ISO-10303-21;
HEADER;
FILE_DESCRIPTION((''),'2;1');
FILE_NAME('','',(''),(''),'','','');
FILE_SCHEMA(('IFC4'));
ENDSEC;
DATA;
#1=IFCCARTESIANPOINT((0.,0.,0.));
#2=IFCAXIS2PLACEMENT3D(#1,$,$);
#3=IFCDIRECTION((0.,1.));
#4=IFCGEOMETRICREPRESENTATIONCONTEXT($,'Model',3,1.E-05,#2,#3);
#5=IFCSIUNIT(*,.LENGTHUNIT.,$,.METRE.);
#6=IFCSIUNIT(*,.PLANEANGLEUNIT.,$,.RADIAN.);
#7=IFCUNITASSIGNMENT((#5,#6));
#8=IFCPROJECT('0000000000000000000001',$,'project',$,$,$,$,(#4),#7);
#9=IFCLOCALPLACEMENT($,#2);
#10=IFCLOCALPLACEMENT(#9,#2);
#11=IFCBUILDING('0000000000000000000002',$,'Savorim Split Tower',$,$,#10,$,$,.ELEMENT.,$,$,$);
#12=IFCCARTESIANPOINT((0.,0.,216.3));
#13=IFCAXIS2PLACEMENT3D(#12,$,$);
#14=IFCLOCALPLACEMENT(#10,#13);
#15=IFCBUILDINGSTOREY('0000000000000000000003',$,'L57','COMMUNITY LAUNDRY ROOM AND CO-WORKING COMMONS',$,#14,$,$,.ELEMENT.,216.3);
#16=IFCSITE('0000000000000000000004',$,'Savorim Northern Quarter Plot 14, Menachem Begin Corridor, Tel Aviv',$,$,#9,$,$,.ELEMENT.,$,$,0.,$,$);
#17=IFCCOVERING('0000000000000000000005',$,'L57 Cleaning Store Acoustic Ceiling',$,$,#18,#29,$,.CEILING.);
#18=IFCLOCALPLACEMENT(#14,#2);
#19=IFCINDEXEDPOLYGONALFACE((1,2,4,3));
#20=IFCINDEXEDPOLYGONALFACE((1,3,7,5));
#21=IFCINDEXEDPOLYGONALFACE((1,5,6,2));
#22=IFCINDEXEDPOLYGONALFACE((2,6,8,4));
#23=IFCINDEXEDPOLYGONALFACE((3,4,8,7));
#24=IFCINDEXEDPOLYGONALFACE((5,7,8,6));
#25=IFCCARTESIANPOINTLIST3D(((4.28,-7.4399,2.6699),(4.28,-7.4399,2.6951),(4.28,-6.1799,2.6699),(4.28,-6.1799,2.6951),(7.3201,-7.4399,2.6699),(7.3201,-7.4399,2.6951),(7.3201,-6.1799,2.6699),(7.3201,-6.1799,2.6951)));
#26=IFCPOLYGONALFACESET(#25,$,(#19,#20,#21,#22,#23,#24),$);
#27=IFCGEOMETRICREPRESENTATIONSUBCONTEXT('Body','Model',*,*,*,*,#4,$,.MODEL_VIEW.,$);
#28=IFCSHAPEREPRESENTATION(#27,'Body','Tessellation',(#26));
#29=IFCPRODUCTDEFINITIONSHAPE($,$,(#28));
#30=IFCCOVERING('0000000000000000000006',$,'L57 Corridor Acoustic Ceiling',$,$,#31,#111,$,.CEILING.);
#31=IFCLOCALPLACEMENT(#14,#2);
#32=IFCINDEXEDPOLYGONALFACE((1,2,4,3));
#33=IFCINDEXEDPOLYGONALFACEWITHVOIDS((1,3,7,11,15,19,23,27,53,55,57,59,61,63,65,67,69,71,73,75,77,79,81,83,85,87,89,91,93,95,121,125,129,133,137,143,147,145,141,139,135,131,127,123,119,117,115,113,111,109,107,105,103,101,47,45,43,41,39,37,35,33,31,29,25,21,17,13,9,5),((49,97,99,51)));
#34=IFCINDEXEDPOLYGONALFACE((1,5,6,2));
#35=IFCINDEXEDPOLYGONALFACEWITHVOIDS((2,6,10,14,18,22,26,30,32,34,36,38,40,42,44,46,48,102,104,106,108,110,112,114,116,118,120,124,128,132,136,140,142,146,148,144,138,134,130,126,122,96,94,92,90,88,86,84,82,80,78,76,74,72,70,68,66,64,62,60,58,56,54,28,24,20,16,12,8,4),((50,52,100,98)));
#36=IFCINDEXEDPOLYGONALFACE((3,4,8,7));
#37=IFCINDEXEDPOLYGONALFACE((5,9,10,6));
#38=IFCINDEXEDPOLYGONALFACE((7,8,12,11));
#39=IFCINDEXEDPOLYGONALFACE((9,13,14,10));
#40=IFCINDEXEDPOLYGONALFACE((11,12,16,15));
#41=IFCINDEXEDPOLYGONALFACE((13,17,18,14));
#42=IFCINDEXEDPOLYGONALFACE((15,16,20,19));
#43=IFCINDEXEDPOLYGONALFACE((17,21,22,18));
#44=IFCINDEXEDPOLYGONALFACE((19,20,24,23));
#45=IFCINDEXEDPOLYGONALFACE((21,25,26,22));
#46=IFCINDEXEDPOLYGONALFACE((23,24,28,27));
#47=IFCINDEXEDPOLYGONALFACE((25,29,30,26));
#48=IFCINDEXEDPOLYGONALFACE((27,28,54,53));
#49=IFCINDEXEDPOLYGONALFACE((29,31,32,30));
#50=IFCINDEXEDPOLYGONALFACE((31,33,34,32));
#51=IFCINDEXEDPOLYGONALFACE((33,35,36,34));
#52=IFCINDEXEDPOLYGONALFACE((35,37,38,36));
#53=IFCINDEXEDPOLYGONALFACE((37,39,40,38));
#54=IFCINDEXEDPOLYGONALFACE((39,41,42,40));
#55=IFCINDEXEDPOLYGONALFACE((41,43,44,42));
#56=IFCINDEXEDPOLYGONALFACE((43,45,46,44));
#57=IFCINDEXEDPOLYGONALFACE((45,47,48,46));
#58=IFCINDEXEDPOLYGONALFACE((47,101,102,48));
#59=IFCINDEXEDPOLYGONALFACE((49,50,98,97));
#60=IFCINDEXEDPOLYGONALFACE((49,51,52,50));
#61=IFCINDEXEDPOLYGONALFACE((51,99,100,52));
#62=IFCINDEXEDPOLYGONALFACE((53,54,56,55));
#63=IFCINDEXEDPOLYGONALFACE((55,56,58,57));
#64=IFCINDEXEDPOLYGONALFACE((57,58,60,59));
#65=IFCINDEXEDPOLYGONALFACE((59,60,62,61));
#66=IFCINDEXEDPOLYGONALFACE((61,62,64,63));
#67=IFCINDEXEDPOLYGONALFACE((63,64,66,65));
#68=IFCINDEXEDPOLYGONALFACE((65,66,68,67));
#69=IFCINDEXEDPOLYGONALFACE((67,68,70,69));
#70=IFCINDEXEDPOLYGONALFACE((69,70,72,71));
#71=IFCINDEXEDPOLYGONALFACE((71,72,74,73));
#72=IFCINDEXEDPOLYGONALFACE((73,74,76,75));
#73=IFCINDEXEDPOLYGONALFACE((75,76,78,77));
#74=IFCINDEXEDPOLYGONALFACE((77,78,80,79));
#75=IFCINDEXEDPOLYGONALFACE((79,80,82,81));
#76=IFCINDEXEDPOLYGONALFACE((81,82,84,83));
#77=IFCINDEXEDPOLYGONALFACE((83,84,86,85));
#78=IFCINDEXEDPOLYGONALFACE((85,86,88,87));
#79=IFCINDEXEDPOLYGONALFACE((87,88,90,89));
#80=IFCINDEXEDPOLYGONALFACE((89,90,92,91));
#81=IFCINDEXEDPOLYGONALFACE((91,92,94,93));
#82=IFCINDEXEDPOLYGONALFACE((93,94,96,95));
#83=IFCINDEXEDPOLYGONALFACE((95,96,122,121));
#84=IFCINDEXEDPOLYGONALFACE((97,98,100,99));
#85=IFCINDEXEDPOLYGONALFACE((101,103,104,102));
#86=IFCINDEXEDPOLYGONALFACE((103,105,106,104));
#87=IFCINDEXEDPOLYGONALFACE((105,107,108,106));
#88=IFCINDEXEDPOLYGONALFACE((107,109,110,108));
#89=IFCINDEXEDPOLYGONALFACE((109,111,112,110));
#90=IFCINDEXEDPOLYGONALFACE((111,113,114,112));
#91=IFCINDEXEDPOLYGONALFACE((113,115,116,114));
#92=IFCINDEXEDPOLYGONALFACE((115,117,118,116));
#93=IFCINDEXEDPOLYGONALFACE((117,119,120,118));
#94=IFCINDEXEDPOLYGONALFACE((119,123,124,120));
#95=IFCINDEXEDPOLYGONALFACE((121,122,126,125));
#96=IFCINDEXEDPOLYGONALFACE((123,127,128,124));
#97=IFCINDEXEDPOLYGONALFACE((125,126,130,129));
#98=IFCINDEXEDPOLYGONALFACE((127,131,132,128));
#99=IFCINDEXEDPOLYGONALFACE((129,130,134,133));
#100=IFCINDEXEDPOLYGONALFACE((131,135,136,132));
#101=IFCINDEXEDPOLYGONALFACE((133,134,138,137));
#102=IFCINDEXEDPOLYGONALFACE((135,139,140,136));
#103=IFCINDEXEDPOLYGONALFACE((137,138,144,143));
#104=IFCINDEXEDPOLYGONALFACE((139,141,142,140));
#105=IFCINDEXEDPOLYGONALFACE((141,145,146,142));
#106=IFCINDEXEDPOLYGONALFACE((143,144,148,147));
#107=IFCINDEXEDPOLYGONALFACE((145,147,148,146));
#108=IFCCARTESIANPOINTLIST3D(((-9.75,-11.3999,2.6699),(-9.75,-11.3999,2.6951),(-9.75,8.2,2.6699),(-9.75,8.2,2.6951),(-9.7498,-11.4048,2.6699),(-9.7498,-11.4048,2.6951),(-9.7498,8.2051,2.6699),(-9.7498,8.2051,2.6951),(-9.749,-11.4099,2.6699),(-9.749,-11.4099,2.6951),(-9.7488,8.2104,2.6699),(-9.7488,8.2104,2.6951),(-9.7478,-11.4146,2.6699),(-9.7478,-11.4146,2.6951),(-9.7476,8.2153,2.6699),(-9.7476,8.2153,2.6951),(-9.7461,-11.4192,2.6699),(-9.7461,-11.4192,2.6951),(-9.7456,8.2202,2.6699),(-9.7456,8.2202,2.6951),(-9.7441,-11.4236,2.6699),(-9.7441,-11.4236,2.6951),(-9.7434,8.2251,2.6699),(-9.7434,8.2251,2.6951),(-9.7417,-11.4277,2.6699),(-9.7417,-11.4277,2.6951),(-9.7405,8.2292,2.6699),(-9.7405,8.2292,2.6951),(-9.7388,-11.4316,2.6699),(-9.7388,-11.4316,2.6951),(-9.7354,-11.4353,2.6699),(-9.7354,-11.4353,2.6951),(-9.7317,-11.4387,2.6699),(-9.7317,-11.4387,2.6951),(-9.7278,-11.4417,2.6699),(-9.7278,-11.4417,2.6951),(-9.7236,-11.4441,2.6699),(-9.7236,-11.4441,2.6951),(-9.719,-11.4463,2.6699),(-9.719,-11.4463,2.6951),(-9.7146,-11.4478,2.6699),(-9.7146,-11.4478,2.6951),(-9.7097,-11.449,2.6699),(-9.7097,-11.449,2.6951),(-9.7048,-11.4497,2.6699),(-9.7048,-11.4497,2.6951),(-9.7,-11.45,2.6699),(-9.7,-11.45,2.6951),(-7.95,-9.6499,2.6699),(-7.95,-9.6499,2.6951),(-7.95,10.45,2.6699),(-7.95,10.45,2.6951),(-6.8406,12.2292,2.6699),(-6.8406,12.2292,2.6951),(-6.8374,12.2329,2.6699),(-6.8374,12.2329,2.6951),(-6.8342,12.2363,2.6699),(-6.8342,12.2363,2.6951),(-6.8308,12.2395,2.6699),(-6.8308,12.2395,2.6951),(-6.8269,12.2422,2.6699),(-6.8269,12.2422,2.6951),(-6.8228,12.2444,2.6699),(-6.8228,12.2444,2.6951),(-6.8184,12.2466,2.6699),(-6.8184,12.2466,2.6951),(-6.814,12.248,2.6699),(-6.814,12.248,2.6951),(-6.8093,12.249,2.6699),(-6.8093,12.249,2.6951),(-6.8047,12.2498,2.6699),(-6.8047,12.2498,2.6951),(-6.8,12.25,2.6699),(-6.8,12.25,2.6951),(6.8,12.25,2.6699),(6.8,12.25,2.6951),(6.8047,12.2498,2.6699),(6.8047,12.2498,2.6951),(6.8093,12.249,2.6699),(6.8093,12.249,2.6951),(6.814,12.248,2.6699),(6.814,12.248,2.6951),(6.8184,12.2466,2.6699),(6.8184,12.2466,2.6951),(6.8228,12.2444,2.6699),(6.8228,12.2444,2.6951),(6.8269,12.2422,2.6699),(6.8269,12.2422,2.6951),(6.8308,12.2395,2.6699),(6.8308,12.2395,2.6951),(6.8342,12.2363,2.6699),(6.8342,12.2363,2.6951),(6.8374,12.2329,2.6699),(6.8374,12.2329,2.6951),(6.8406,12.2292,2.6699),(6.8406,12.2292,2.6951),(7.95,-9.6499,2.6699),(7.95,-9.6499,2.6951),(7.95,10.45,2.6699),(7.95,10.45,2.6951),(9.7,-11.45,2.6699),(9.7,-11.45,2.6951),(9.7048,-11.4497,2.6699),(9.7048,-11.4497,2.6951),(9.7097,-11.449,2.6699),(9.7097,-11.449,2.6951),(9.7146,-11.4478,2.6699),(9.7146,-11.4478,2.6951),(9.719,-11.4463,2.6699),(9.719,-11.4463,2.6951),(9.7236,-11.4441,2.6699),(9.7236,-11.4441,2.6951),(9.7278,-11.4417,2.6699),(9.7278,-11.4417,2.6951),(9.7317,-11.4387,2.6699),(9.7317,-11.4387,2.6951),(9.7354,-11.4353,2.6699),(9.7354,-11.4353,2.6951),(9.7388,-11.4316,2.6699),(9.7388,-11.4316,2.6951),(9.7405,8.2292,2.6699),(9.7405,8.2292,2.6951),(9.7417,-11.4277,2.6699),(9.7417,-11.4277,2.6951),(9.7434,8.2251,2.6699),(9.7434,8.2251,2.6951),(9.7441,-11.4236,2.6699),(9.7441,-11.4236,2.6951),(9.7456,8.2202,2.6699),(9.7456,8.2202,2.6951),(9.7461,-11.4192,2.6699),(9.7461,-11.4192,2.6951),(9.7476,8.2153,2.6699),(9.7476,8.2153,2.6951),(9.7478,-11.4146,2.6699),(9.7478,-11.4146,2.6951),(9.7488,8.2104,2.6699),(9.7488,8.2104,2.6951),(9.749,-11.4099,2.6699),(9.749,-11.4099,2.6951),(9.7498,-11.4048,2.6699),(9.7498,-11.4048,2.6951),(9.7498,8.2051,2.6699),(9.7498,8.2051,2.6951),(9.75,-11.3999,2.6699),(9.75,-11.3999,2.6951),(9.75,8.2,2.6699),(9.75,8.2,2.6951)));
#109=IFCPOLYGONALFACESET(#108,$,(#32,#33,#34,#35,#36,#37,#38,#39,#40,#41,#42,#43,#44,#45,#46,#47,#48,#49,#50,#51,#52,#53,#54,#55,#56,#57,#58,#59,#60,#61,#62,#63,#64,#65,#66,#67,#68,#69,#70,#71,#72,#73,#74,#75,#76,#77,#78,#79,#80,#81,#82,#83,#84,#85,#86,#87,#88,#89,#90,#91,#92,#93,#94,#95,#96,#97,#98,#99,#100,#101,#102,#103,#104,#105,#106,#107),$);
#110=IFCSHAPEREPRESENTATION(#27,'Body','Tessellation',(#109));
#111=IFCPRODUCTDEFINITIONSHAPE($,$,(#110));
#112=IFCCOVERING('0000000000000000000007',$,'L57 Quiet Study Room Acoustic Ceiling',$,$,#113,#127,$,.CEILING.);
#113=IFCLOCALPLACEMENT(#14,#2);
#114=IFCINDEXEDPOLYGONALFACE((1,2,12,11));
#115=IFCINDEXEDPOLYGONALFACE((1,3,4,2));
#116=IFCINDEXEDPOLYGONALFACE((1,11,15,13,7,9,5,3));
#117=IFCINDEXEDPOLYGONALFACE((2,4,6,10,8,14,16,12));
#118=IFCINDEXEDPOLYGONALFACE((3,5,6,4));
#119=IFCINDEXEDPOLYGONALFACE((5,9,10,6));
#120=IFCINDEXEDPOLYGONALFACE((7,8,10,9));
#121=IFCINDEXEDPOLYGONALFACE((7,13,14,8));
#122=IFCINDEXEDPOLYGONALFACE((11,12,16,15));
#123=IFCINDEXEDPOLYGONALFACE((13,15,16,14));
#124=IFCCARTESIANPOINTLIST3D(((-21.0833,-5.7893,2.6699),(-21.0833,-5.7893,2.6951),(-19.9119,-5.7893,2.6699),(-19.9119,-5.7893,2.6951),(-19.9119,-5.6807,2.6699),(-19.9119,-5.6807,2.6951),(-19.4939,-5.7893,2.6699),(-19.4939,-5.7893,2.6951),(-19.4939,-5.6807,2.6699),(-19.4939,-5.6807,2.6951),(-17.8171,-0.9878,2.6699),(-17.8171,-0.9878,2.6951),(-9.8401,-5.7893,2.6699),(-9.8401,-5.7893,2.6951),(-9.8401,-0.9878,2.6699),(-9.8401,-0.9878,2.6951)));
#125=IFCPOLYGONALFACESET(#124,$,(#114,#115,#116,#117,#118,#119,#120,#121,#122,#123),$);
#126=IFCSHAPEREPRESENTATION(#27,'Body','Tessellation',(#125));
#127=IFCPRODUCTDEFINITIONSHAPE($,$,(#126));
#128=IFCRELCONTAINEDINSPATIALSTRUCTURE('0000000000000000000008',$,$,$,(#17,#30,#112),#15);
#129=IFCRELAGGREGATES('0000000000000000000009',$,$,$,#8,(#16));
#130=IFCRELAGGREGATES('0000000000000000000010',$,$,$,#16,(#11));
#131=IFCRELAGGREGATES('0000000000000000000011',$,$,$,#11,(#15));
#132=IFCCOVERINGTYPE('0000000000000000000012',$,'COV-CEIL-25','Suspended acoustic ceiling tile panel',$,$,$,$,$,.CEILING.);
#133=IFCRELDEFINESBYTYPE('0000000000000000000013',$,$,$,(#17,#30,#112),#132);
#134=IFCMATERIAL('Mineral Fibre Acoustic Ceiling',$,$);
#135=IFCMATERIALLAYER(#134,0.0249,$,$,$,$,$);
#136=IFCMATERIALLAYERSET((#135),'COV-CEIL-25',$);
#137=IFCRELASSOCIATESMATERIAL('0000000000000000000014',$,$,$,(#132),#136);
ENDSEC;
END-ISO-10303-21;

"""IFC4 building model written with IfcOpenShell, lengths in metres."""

from ifc_helpers import new_model, si_unit, direction, frame, origin, place, context, subcontext, project, spatial, polyline, outline, extrude, material, layer, layer_set, type_object, element, save


model = new_model("IFC4")

# Units and contexts
model_context = context("Model", 3, precision=1e-05, world=origin(), true_north=direction((0.0, 1.0)))
body_context = subcontext(model_context, "Body", "Model", "MODEL_VIEW")
ifc_project = project(units=[si_unit("LENGTHUNIT", "METRE"), si_unit("PLANEANGLEUNIT", "RADIAN")], contexts=[model_context])

# Site, building, storey
site_placement = place(None, origin())
site = spatial("IfcSite", under=ifc_project, at=site_placement, Name="Savorim Northern Quarter Plot 14, Menachem Begin Corridor, Tel Aviv", CompositionType="ELEMENT", RefElevation=0.0)
building_placement = place(site_placement, origin())
building = spatial("IfcBuilding", under=site, at=building_placement, Name="Savorim Split Tower", CompositionType="ELEMENT")
storey_placement = place(building_placement, frame((0.0, 0.0, 216.3)))
storey = spatial("IfcBuildingStorey", under=building, at=storey_placement, Name="L57", Description="COMMUNITY LAUNDRY ROOM AND CO-WORKING COMMONS", CompositionType="ELEMENT", Elevation=216.3)

# Coverings
ifc_material_1 = material(Name="Mineral Fibre Acoustic Ceiling")
ifc_layer_1 = layer(ifc_material_1, 0.0249)
ifc_layer_set_1 = layer_set([ifc_layer_1], Name="COV-CEIL-25")
covering_type_1 = type_object("IfcCoveringType", Name="COV-CEIL-25", Description="Suspended acoustic ceiling tile panel", PredefinedType="CEILING", material=ifc_layer_set_1)
covering_1_placement = place(storey_placement, frame((0.0, 0.0, 2.6699)))
element("IfcCovering", 1, at=covering_1_placement, inside=storey, type_object=covering_type_1, Name="L57 Cleaning Store Acoustic Ceiling", PredefinedType="CEILING", context=body_context, shape_type="SweptSolid", body=[
    extrude(outline(polyline([(4.28, -6.1799), (4.28, -7.4399), (7.3201, -7.4399), (7.3201, -6.1799), (4.28, -6.1799)])), origin(), (0.0, 0.0, 1.0), 0.0251),
])
covering_2_placement = place(storey_placement, frame((0.0, 0.0, 2.6699)))
element("IfcCovering", 2, at=covering_2_placement, inside=storey, type_object=covering_type_1, Name="L57 Corridor Acoustic Ceiling", PredefinedType="CEILING", context=body_context, shape_type="SweptSolid", body=[
    extrude(outline(polyline([(6.8093, 12.249), (6.8047, 12.2498), (6.8, 12.25), (-6.8, 12.25), (-6.8047, 12.2498), (-6.8093, 12.249), (-6.814, 12.248), (-6.8184, 12.2466), (-6.8228, 12.2444), (-6.8269, 12.2422), (-6.8308, 12.2395), (-6.8342, 12.2363), (-6.8374, 12.2329), (-6.8406, 12.2292), (-9.7405, 8.2292), (-9.7434, 8.2251), (-9.7456, 8.2202), (-9.7476, 8.2153), (-9.7488, 8.2104), (-9.7498, 8.2051), (-9.75, 8.2), (-9.75, -11.3999), (-9.7498, -11.4048), (-9.749, -11.4099), (-9.7478, -11.4146), (-9.7461, -11.4192), (-9.7441, -11.4236), (-9.7417, -11.4277), (-9.7388, -11.4316), (-9.7354, -11.4353), (-9.7317, -11.4387), (-9.7278, -11.4417), (-9.7236, -11.4441), (-9.719, -11.4463), (-9.7146, -11.4478), (-9.7097, -11.449), (-9.7048, -11.4497), (-9.7, -11.45), (9.7, -11.45), (9.7048, -11.4497), (9.7097, -11.449), (9.7146, -11.4478), (9.719, -11.4463), (9.7236, -11.4441), (9.7278, -11.4417), (9.7317, -11.4387), (9.7354, -11.4353), (9.7388, -11.4316), (9.7417, -11.4277), (9.7441, -11.4236), (9.7461, -11.4192), (9.7478, -11.4146), (9.749, -11.4099), (9.7498, -11.4048), (9.75, -11.3999), (9.75, 8.2), (9.7498, 8.2051), (9.7488, 8.2104), (9.7476, 8.2153), (9.7456, 8.2202), (9.7434, 8.2251), (9.7405, 8.2292), (6.8406, 12.2292), (6.8374, 12.2329), (6.8342, 12.2363), (6.8308, 12.2395), (6.8269, 12.2422), (6.8228, 12.2444), (6.8184, 12.2466), (6.814, 12.248), (6.8093, 12.249)]), holes=[polyline([(-7.95, 10.45), (-7.95, -9.6499), (7.95, -9.6499), (7.95, 10.45), (-7.95, 10.45)])]), origin(), (0.0, 0.0, 1.0), 0.0251),
])
covering_3_placement = place(storey_placement, frame((0.0, 0.0, 2.6699)))
element("IfcCovering", 3, at=covering_3_placement, inside=storey, type_object=covering_type_1, Name="L57 Quiet Study Room Acoustic Ceiling", PredefinedType="CEILING", context=body_context, shape_type="SweptSolid", body=[
    extrude(outline(polyline([(-19.4939, -5.6807), (-19.4939, -5.7893), (-9.8401, -5.7893), (-9.8401, -0.9878), (-17.8171, -0.9878), (-21.0833, -5.7893), (-19.9119, -5.7893), (-19.9119, -5.6807), (-19.4939, -5.6807)])), origin(), (0.0, 0.0, 1.0), 0.0251),
])

save(model, "model.ifc")
